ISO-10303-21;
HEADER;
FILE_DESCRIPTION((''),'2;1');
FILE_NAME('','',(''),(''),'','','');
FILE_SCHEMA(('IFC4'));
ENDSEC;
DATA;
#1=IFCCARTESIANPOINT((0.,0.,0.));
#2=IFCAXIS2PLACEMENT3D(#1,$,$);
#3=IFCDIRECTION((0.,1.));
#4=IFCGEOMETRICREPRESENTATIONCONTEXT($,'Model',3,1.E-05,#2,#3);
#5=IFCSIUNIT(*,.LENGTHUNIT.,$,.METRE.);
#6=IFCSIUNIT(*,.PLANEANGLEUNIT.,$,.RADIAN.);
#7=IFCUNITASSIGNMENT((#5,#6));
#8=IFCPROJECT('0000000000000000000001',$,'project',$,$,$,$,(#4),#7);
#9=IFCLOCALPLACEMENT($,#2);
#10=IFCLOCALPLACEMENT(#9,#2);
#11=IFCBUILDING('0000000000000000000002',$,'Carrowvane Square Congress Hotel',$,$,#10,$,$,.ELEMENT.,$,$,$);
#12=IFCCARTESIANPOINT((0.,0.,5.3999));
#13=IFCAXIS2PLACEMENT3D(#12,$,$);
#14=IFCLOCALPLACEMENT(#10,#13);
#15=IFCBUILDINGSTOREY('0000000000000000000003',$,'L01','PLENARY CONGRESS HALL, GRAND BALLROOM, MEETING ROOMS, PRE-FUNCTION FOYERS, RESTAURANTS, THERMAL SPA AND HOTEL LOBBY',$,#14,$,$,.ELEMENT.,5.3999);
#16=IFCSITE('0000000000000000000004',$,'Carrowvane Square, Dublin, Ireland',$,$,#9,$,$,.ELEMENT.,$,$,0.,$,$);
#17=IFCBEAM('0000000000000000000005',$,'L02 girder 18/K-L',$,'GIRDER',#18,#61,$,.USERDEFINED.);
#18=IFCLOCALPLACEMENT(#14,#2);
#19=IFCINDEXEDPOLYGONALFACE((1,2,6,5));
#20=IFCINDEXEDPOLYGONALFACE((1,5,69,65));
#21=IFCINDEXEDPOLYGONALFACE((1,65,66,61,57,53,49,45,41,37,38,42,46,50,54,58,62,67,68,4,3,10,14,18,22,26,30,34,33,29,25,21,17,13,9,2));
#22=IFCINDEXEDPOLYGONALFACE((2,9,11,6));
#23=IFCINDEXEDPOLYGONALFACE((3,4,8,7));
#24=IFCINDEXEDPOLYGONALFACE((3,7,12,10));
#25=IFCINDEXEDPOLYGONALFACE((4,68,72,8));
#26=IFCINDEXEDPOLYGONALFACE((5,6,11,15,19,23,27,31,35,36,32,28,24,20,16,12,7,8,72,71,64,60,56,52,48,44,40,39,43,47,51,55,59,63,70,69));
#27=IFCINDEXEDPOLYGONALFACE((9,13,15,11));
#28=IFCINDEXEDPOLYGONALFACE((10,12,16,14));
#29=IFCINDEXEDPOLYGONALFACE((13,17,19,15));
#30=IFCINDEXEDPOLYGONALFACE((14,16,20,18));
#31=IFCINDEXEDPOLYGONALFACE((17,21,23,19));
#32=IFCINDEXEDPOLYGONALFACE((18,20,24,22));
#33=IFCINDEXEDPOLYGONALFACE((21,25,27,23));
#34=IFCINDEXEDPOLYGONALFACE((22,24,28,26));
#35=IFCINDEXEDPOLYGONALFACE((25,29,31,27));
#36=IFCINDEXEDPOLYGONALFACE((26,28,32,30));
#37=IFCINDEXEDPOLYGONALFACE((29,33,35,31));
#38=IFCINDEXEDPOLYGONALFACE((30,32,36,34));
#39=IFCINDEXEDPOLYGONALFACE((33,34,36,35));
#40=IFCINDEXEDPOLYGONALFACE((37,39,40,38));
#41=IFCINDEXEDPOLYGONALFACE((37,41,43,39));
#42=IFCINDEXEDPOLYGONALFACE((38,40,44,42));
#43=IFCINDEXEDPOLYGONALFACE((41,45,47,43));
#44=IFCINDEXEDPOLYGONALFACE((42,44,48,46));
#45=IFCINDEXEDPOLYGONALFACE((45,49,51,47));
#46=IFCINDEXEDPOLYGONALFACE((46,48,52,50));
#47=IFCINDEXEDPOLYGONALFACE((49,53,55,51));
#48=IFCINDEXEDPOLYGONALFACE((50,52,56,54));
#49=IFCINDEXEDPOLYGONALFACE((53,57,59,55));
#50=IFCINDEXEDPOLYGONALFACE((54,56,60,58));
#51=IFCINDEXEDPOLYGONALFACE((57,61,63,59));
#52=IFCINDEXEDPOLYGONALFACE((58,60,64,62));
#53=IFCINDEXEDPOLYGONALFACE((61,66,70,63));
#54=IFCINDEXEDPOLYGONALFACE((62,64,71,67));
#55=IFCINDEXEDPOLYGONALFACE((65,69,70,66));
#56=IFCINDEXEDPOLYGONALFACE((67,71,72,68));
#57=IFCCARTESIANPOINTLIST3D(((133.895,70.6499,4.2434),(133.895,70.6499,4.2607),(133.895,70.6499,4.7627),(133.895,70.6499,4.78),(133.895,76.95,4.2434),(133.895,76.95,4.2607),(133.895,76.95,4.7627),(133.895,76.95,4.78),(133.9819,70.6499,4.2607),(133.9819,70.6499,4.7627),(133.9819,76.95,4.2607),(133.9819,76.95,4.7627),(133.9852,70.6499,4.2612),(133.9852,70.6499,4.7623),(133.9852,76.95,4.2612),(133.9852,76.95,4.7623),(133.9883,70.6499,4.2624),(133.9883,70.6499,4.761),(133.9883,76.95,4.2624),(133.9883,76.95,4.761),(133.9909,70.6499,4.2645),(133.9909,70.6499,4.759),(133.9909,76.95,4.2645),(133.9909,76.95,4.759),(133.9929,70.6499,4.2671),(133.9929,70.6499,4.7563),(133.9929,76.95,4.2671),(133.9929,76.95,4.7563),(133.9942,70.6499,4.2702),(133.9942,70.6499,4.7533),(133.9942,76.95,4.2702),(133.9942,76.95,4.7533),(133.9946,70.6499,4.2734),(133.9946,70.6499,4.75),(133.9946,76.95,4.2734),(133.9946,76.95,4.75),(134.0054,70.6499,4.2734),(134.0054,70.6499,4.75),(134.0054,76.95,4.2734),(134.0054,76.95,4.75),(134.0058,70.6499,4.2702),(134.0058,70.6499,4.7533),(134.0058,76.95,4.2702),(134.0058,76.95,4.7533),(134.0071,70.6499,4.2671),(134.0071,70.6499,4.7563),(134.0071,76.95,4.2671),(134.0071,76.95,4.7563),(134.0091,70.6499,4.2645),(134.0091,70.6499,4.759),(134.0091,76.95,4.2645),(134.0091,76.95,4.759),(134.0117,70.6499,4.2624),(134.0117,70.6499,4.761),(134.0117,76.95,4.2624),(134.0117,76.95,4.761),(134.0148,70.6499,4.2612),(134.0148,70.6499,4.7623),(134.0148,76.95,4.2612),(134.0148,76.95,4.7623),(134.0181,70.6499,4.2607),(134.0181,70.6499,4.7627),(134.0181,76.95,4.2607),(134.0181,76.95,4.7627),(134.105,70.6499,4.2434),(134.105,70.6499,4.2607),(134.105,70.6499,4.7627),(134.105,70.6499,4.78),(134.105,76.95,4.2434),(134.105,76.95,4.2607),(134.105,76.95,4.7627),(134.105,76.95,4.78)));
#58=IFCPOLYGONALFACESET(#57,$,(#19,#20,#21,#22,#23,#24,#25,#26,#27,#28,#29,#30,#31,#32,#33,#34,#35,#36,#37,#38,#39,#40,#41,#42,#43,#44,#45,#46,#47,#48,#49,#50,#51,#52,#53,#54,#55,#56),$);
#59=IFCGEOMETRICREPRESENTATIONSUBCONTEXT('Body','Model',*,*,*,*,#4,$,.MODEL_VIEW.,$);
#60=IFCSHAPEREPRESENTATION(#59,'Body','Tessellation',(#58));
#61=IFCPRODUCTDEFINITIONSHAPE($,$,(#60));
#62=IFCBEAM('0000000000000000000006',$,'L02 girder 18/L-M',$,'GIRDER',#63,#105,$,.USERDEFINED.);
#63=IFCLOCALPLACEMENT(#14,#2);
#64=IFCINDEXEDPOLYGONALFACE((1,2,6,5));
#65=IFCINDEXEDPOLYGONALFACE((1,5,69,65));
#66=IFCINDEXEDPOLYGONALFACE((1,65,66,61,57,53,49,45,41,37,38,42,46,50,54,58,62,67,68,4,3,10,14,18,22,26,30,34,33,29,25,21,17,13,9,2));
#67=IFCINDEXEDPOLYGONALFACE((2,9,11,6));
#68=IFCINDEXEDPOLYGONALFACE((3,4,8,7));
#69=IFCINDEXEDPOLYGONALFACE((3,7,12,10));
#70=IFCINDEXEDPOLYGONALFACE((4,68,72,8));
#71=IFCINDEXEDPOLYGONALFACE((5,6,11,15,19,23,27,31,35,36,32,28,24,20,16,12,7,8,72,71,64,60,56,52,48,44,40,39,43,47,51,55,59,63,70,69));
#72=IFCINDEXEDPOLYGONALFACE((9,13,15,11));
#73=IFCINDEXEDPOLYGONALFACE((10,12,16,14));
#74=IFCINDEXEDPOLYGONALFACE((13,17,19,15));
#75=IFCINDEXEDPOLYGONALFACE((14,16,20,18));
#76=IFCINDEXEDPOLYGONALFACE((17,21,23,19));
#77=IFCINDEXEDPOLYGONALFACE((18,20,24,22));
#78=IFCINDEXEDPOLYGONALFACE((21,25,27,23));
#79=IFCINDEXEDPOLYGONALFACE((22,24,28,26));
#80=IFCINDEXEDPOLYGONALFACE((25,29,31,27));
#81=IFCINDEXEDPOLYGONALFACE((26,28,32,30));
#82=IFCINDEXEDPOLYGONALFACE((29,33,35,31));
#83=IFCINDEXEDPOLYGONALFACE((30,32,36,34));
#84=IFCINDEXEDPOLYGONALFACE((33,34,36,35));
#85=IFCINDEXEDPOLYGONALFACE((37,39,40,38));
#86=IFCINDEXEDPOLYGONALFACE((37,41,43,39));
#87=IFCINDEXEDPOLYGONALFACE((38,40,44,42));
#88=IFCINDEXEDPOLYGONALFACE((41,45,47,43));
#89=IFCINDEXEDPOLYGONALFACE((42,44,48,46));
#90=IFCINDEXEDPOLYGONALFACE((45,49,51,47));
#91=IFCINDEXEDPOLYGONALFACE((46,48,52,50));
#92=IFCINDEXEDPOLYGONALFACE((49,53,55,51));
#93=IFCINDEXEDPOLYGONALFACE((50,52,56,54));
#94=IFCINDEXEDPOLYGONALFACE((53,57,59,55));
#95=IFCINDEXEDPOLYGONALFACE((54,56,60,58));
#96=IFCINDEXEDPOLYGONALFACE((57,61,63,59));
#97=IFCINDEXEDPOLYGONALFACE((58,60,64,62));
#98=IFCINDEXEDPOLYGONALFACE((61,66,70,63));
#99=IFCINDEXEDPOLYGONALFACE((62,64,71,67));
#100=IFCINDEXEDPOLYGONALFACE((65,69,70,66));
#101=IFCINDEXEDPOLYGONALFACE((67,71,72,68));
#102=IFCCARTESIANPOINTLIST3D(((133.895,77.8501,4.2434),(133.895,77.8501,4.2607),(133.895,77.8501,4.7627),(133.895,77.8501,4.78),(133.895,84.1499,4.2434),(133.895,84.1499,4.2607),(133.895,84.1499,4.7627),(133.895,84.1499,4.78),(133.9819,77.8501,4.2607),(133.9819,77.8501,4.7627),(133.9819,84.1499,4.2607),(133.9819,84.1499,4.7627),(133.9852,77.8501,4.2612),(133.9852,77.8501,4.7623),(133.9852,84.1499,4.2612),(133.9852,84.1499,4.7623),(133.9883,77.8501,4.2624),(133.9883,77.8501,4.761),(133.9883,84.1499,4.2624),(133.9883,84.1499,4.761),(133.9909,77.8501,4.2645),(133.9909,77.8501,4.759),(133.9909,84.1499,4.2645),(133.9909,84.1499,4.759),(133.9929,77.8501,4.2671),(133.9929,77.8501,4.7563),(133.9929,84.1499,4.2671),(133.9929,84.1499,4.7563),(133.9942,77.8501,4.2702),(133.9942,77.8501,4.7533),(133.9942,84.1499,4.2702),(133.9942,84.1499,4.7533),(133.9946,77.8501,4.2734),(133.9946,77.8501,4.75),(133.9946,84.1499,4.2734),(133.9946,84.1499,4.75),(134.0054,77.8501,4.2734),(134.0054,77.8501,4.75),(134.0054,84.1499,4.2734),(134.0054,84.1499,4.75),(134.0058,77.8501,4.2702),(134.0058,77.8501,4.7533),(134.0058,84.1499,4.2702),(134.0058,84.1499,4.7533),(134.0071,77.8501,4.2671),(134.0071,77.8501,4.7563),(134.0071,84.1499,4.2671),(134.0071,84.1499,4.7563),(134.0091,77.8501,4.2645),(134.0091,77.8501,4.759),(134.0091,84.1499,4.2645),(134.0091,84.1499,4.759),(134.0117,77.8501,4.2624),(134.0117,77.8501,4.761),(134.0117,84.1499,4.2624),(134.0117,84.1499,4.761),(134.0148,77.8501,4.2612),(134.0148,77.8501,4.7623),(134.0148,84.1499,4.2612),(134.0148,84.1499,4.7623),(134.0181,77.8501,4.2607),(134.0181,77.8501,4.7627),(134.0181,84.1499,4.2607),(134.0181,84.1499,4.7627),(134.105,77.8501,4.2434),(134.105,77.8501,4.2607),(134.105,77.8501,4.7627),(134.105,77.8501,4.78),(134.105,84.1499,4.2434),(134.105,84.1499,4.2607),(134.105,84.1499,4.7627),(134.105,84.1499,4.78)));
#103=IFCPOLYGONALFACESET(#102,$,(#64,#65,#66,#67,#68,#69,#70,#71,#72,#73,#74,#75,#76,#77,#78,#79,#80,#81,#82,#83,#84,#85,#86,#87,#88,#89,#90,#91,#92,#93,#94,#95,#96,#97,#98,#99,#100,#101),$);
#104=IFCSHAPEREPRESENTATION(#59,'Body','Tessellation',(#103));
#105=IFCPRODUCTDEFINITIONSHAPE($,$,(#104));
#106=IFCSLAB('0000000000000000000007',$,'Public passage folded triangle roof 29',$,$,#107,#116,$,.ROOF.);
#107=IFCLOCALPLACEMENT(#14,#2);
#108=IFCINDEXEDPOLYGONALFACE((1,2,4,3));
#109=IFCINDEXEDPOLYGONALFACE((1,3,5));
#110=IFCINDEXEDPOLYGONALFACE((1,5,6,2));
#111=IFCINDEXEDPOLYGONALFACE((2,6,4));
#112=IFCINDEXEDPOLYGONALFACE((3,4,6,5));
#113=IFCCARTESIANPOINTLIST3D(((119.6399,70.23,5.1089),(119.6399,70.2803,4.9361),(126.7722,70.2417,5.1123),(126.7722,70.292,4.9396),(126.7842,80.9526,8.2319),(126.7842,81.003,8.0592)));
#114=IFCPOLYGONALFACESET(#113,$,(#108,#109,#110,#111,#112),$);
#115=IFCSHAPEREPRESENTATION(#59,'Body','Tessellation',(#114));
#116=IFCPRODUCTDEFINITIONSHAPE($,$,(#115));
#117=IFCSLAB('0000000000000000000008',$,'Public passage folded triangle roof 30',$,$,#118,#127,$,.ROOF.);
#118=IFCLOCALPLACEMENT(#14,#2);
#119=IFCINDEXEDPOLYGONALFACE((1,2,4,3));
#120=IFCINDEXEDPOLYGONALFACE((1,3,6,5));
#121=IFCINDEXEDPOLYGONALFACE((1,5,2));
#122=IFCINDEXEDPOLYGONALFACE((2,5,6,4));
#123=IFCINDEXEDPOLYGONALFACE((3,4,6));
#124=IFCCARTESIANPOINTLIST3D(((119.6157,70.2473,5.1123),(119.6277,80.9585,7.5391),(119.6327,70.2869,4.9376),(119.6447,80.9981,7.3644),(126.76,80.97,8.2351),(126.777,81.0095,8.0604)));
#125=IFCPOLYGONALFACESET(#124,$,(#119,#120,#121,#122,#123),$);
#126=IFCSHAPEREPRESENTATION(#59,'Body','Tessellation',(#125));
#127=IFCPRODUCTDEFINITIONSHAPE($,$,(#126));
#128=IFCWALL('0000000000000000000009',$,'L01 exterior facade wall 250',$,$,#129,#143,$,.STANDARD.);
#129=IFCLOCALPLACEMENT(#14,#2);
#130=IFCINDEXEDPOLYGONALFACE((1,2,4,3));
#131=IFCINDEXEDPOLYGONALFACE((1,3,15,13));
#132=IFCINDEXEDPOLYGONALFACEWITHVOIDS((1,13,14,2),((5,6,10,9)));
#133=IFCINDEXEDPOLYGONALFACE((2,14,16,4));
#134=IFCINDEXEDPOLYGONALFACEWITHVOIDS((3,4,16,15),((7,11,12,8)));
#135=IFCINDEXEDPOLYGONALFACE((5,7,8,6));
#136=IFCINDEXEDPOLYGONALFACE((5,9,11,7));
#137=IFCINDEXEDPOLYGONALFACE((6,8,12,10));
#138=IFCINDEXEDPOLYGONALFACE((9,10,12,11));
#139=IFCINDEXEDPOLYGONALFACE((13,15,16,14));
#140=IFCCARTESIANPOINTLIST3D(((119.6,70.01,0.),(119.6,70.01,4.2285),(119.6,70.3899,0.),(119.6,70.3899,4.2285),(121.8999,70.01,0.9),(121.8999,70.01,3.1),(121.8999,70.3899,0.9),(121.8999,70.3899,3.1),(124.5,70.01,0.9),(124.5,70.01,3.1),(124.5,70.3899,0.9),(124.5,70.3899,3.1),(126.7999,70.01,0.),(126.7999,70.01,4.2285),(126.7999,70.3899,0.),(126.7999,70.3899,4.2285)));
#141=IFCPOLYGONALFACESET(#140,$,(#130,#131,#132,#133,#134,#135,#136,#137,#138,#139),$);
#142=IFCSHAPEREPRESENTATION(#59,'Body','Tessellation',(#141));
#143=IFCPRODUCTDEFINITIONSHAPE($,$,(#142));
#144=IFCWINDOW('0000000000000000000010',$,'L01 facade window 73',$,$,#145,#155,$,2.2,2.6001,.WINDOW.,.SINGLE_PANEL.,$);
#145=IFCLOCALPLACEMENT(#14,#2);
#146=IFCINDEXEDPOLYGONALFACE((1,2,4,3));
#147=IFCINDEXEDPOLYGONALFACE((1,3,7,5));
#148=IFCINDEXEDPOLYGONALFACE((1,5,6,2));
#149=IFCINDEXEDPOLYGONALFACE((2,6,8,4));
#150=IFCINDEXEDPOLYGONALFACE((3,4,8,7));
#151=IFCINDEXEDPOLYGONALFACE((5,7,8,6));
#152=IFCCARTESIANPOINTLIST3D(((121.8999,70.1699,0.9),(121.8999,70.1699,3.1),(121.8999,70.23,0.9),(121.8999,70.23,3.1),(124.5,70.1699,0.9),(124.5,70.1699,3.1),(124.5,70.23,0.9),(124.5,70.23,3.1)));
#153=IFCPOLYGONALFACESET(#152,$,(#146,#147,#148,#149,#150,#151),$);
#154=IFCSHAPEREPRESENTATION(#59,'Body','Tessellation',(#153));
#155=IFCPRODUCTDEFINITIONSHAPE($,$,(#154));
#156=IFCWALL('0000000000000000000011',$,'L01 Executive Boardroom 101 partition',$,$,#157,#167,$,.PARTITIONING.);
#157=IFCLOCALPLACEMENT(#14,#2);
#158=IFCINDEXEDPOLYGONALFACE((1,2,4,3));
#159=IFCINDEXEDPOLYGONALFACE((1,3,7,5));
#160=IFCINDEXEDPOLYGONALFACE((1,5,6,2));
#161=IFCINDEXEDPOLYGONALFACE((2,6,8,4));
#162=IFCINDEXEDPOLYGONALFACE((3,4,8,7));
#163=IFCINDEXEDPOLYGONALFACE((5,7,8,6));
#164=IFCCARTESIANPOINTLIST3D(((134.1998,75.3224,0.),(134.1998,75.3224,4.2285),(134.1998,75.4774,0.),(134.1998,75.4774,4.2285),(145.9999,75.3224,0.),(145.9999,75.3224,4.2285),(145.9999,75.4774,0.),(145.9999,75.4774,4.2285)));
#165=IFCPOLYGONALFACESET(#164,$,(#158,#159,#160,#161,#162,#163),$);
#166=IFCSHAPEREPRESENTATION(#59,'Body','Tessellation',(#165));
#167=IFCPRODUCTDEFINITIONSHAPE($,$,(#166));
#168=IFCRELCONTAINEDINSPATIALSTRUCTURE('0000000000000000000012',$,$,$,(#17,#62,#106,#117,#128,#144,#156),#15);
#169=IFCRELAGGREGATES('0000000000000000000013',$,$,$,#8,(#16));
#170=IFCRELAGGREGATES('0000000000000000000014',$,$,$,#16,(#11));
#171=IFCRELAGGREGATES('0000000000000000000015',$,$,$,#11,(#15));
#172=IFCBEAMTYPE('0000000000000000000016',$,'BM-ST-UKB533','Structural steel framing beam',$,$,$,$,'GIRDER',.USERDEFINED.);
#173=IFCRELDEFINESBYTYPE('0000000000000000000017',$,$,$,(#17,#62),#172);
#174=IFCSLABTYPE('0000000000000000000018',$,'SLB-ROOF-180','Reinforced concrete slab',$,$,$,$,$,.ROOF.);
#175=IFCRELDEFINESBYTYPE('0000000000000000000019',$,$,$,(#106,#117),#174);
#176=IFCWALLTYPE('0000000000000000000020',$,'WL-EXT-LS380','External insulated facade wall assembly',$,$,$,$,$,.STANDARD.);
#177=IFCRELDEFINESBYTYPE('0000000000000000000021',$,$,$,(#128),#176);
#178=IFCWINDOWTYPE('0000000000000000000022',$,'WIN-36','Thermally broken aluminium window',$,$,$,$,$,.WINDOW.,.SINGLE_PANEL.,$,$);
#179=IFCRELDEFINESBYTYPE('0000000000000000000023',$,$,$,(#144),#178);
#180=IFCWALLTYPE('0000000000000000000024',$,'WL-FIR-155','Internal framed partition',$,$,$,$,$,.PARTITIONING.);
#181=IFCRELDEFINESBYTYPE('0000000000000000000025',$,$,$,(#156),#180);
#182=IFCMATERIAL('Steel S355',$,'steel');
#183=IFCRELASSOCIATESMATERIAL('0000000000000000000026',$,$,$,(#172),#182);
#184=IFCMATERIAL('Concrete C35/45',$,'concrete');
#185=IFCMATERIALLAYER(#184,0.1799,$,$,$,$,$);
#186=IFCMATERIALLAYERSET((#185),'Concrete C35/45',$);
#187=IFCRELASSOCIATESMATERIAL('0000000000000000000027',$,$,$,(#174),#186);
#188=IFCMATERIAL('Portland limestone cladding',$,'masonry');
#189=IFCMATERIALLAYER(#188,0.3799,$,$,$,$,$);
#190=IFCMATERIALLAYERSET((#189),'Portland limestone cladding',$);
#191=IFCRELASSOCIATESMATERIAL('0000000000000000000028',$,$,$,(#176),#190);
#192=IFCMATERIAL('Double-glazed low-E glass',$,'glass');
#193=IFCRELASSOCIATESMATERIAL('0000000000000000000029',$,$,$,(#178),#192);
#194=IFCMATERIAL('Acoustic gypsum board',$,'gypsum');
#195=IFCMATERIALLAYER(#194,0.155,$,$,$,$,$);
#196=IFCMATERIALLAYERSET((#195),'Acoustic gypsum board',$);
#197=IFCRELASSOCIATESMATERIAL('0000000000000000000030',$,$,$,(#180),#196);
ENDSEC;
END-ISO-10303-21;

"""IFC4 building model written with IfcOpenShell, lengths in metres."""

from ifc_helpers import new_model, si_unit, direction, frame, frame_2d, origin, origin_2d, place, context, subcontext, project, spatial, polyline, rectangle, i_section, outline, extrude, material, layer, layer_set, material_profile, profile_set, type_object, element, fill, save


model = new_model("IFC4")

# Units and contexts
model_context = context("Model", 3, precision=1e-05, world=origin(), true_north=direction((0.0, 1.0)))
body_context = subcontext(model_context, "Body", "Model", "MODEL_VIEW")
ifc_project = project(units=[si_unit("LENGTHUNIT", "METRE"), si_unit("PLANEANGLEUNIT", "RADIAN")], contexts=[model_context])

# Site, building, storey
site_placement = place(None, origin())
site = spatial("IfcSite", under=ifc_project, at=site_placement, Name="Carrowvane Square, Dublin, Ireland", CompositionType="ELEMENT", RefElevation=0.0)
building_placement = place(site_placement, origin())
building = spatial("IfcBuilding", under=site, at=building_placement, Name="Carrowvane Square Congress Hotel", CompositionType="ELEMENT")
storey_placement = place(building_placement, frame((0.0, 0.0, 5.3999)))
storey = spatial("IfcBuildingStorey", under=building, at=storey_placement, Name="L01", Description="PLENARY CONGRESS HALL, GRAND BALLROOM, MEETING ROOMS, PRE-FUNCTION FOYERS, RESTAURANTS, THERMAL SPA AND HOTEL LOBBY", CompositionType="ELEMENT", Elevation=5.3999)

# Beams
ifc_material_1 = material(Name="Steel S355", Category="steel")
ifc_material_profile_1 = material_profile(ifc_material_1, i_section(OverallWidth=0.21, OverallDepth=0.5366, WebThickness=0.0107, FlangeThickness=0.0173, FilletRadius=0.0127, at=origin_2d()), Name="UKB 533x210x101")
ifc_profile_set_1 = profile_set([ifc_material_profile_1], Name="Steel S355")
beam_type_1 = type_object("IfcBeamType", Name="BM-ST-UKB533", Description="Structural steel framing beam", ElementType="GIRDER", PredefinedType="USERDEFINED", material=ifc_profile_set_1)
beam_1_placement = place(storey_placement, frame((134.0, 70.6499, 4.5117), z_axis=(0.0, 1.0, 0.0), x_axis=(-1.0, 0.0, 0.0)))
element("IfcBeam", 1, at=beam_1_placement, inside=storey, type_object=beam_type_1, Name="L02 girder 18/K-L", ObjectType="GIRDER", PredefinedType="USERDEFINED", context=body_context, shape_type="SweptSolid", body=[
    extrude(i_section(OverallWidth=0.21, OverallDepth=0.5366, WebThickness=0.0107, FlangeThickness=0.0173, FilletRadius=0.0127, at=origin_2d()), origin(), (0.0, 0.0, 1.0), 6.3),
])
beam_2_placement = place(storey_placement, frame((134.0, 77.8501, 4.5117), z_axis=(0.0, 1.0, 0.0), x_axis=(-1.0, 0.0, 0.0)))
element("IfcBeam", 2, at=beam_2_placement, inside=storey, type_object=beam_type_1, Name="L02 girder 18/L-M", ObjectType="GIRDER", PredefinedType="USERDEFINED", context=body_context, shape_type="SweptSolid", body=[
    extrude(i_section(OverallWidth=0.21, OverallDepth=0.5366, WebThickness=0.0107, FlangeThickness=0.0173, FilletRadius=0.0127, at=origin_2d()), origin(), (0.0, 0.0, 1.0), 6.2998),
])

# Slabs
ifc_material_2 = material(Name="Concrete C35/45", Category="concrete")
ifc_layer_1 = layer(ifc_material_2, 0.1799)
ifc_layer_set_1 = layer_set([ifc_layer_1], Name="Concrete C35/45")
slab_type = type_object("IfcSlabType", Name="SLB-ROOF-180", Description="Reinforced concrete slab", PredefinedType="ROOF", material=ifc_layer_set_1)
slab_1_placement = place(storey_placement, frame((119.6399, 70.23, 5.1089), z_axis=(-0.000001, -0.279637, 0.960106), x_axis=(0.999999, 0.001643, 0.000479)))
element("IfcSlab", 3, at=slab_1_placement, inside=storey, type_object=slab_type, Name="Public passage folded triangle roof 29", PredefinedType="ROOF", context=body_context, shape_type="SweptSolid", body=[
    extrude(outline(polyline([(0.0, 0.0), (7.1323, 0.0), (7.1634, 11.156), (0.0, 0.0)])), origin(), (0.0, 0.0, -1.0), 0.1799),
])
slab_2_placement = place(storey_placement, frame((119.6157, 70.2473, 5.1123), z_axis=(-0.094401, -0.219876, 0.97095), x_axis=(0.538876, 0.808784, 0.235545)))
element("IfcSlab", 4, at=slab_2_placement, inside=storey, type_object=slab_type, Name="Public passage folded triangle roof 30", PredefinedType="ROOF", context=body_context, shape_type="SweptSolid", body=[
    extrude(outline(polyline([(0.0, 0.0), (13.2578, 0.0), (9.2411, 5.9347), (0.0, 0.0)])), origin(), (0.0, 0.0, -1.0), 0.1799),
])

# Wall, opening, window
ifc_material_3 = material(Name="Portland limestone cladding", Category="masonry")
ifc_layer_2 = layer(ifc_material_3, 0.3799)
ifc_layer_set_2 = layer_set([ifc_layer_2], Name="Portland limestone cladding")
wall_type_1 = type_object("IfcWallType", Name="WL-EXT-LS380", Description="External insulated facade wall assembly", PredefinedType="STANDARD", material=ifc_layer_set_2)
wall_1_placement = place(storey_placement, frame((126.8, 70.2, 0.0), z_axis=(0.0, 0.0, 1.0), x_axis=(-1.0, 0.0, 0.0)))
wall_1 = element("IfcWall", 5, at=wall_1_placement, inside=storey, type_object=wall_type_1, Name="L01 exterior facade wall 250", PredefinedType="STANDARD", context=body_context, shape_type="SweptSolid", body=[
    extrude(rectangle(XDim=7.2, YDim=0.3799, at=frame_2d((3.6001, 0.0))), origin(), (0.0, 0.0, 1.0), 4.2285),
])
opening_1_placement = place(wall_1_placement, frame((2.3, 0.0, 0.8999)))
opening_1 = element("IfcOpeningElement", 6, at=opening_1_placement, cuts=wall_1, PredefinedType="OPENING", context=body_context, shape_type="SweptSolid", body=[
    extrude(rectangle(XDim=2.6001, YDim=2.2, at=frame_2d((1.3, 1.1001))), frame((0.0, 0.2, 0.0), z_axis=(0.0, -1.0, 0.0), x_axis=(1.0, 0.0, 0.0)), (0.0, 0.0, 1.0), 0.3999),
])
ifc_material_4 = material(Name="Double-glazed low-E glass", Category="glass")
window_type = type_object("IfcWindowType", Name="WIN-36", Description="Thermally broken aluminium window", PartitioningType="SINGLE_PANEL", PredefinedType="WINDOW", material=ifc_material_4)
window_placement = place(opening_1_placement, origin())
window = element("IfcWindow", 7, at=window_placement, inside=storey, type_object=window_type, Name="L01 facade window 73", OverallHeight=2.2, OverallWidth=2.6001, PartitioningType="SINGLE_PANEL", PredefinedType="WINDOW", context=body_context, shape_type="SweptSolid", body=[
    extrude(rectangle(XDim=2.6001, YDim=2.2, at=frame_2d((1.3, 1.1001))), frame((0.0, 0.03, 0.0), z_axis=(0.0, -1.0, 0.0), x_axis=(1.0, 0.0, 0.0)), (0.0, 0.0, 1.0), 0.0601),
])
fill(opening_1, window)

# Wall
ifc_material_5 = material(Name="Acoustic gypsum board", Category="gypsum")
ifc_layer_3 = layer(ifc_material_5, 0.155)
ifc_layer_set_3 = layer_set([ifc_layer_3], Name="Acoustic gypsum board")
wall_type_2 = type_object("IfcWallType", Name="WL-FIR-155", Description="Internal framed partition", PredefinedType="PARTITIONING", material=ifc_layer_set_3)
wall_2_placement = place(storey_placement, frame((134.2, 75.3999, 0.0), z_axis=(0.0, 0.0, 1.0), x_axis=(1.0, 0.0, 0.0)))
element("IfcWall", 8, at=wall_2_placement, inside=storey, type_object=wall_type_2, Name="L01 Executive Boardroom 101 partition", PredefinedType="PARTITIONING", context=body_context, shape_type="SweptSolid", body=[
    extrude(rectangle(XDim=11.8, YDim=0.155, at=frame_2d((5.8999, 0.0))), origin(), (0.0, 0.0, 1.0), 4.2285),
])

save(model, "model.ifc")
